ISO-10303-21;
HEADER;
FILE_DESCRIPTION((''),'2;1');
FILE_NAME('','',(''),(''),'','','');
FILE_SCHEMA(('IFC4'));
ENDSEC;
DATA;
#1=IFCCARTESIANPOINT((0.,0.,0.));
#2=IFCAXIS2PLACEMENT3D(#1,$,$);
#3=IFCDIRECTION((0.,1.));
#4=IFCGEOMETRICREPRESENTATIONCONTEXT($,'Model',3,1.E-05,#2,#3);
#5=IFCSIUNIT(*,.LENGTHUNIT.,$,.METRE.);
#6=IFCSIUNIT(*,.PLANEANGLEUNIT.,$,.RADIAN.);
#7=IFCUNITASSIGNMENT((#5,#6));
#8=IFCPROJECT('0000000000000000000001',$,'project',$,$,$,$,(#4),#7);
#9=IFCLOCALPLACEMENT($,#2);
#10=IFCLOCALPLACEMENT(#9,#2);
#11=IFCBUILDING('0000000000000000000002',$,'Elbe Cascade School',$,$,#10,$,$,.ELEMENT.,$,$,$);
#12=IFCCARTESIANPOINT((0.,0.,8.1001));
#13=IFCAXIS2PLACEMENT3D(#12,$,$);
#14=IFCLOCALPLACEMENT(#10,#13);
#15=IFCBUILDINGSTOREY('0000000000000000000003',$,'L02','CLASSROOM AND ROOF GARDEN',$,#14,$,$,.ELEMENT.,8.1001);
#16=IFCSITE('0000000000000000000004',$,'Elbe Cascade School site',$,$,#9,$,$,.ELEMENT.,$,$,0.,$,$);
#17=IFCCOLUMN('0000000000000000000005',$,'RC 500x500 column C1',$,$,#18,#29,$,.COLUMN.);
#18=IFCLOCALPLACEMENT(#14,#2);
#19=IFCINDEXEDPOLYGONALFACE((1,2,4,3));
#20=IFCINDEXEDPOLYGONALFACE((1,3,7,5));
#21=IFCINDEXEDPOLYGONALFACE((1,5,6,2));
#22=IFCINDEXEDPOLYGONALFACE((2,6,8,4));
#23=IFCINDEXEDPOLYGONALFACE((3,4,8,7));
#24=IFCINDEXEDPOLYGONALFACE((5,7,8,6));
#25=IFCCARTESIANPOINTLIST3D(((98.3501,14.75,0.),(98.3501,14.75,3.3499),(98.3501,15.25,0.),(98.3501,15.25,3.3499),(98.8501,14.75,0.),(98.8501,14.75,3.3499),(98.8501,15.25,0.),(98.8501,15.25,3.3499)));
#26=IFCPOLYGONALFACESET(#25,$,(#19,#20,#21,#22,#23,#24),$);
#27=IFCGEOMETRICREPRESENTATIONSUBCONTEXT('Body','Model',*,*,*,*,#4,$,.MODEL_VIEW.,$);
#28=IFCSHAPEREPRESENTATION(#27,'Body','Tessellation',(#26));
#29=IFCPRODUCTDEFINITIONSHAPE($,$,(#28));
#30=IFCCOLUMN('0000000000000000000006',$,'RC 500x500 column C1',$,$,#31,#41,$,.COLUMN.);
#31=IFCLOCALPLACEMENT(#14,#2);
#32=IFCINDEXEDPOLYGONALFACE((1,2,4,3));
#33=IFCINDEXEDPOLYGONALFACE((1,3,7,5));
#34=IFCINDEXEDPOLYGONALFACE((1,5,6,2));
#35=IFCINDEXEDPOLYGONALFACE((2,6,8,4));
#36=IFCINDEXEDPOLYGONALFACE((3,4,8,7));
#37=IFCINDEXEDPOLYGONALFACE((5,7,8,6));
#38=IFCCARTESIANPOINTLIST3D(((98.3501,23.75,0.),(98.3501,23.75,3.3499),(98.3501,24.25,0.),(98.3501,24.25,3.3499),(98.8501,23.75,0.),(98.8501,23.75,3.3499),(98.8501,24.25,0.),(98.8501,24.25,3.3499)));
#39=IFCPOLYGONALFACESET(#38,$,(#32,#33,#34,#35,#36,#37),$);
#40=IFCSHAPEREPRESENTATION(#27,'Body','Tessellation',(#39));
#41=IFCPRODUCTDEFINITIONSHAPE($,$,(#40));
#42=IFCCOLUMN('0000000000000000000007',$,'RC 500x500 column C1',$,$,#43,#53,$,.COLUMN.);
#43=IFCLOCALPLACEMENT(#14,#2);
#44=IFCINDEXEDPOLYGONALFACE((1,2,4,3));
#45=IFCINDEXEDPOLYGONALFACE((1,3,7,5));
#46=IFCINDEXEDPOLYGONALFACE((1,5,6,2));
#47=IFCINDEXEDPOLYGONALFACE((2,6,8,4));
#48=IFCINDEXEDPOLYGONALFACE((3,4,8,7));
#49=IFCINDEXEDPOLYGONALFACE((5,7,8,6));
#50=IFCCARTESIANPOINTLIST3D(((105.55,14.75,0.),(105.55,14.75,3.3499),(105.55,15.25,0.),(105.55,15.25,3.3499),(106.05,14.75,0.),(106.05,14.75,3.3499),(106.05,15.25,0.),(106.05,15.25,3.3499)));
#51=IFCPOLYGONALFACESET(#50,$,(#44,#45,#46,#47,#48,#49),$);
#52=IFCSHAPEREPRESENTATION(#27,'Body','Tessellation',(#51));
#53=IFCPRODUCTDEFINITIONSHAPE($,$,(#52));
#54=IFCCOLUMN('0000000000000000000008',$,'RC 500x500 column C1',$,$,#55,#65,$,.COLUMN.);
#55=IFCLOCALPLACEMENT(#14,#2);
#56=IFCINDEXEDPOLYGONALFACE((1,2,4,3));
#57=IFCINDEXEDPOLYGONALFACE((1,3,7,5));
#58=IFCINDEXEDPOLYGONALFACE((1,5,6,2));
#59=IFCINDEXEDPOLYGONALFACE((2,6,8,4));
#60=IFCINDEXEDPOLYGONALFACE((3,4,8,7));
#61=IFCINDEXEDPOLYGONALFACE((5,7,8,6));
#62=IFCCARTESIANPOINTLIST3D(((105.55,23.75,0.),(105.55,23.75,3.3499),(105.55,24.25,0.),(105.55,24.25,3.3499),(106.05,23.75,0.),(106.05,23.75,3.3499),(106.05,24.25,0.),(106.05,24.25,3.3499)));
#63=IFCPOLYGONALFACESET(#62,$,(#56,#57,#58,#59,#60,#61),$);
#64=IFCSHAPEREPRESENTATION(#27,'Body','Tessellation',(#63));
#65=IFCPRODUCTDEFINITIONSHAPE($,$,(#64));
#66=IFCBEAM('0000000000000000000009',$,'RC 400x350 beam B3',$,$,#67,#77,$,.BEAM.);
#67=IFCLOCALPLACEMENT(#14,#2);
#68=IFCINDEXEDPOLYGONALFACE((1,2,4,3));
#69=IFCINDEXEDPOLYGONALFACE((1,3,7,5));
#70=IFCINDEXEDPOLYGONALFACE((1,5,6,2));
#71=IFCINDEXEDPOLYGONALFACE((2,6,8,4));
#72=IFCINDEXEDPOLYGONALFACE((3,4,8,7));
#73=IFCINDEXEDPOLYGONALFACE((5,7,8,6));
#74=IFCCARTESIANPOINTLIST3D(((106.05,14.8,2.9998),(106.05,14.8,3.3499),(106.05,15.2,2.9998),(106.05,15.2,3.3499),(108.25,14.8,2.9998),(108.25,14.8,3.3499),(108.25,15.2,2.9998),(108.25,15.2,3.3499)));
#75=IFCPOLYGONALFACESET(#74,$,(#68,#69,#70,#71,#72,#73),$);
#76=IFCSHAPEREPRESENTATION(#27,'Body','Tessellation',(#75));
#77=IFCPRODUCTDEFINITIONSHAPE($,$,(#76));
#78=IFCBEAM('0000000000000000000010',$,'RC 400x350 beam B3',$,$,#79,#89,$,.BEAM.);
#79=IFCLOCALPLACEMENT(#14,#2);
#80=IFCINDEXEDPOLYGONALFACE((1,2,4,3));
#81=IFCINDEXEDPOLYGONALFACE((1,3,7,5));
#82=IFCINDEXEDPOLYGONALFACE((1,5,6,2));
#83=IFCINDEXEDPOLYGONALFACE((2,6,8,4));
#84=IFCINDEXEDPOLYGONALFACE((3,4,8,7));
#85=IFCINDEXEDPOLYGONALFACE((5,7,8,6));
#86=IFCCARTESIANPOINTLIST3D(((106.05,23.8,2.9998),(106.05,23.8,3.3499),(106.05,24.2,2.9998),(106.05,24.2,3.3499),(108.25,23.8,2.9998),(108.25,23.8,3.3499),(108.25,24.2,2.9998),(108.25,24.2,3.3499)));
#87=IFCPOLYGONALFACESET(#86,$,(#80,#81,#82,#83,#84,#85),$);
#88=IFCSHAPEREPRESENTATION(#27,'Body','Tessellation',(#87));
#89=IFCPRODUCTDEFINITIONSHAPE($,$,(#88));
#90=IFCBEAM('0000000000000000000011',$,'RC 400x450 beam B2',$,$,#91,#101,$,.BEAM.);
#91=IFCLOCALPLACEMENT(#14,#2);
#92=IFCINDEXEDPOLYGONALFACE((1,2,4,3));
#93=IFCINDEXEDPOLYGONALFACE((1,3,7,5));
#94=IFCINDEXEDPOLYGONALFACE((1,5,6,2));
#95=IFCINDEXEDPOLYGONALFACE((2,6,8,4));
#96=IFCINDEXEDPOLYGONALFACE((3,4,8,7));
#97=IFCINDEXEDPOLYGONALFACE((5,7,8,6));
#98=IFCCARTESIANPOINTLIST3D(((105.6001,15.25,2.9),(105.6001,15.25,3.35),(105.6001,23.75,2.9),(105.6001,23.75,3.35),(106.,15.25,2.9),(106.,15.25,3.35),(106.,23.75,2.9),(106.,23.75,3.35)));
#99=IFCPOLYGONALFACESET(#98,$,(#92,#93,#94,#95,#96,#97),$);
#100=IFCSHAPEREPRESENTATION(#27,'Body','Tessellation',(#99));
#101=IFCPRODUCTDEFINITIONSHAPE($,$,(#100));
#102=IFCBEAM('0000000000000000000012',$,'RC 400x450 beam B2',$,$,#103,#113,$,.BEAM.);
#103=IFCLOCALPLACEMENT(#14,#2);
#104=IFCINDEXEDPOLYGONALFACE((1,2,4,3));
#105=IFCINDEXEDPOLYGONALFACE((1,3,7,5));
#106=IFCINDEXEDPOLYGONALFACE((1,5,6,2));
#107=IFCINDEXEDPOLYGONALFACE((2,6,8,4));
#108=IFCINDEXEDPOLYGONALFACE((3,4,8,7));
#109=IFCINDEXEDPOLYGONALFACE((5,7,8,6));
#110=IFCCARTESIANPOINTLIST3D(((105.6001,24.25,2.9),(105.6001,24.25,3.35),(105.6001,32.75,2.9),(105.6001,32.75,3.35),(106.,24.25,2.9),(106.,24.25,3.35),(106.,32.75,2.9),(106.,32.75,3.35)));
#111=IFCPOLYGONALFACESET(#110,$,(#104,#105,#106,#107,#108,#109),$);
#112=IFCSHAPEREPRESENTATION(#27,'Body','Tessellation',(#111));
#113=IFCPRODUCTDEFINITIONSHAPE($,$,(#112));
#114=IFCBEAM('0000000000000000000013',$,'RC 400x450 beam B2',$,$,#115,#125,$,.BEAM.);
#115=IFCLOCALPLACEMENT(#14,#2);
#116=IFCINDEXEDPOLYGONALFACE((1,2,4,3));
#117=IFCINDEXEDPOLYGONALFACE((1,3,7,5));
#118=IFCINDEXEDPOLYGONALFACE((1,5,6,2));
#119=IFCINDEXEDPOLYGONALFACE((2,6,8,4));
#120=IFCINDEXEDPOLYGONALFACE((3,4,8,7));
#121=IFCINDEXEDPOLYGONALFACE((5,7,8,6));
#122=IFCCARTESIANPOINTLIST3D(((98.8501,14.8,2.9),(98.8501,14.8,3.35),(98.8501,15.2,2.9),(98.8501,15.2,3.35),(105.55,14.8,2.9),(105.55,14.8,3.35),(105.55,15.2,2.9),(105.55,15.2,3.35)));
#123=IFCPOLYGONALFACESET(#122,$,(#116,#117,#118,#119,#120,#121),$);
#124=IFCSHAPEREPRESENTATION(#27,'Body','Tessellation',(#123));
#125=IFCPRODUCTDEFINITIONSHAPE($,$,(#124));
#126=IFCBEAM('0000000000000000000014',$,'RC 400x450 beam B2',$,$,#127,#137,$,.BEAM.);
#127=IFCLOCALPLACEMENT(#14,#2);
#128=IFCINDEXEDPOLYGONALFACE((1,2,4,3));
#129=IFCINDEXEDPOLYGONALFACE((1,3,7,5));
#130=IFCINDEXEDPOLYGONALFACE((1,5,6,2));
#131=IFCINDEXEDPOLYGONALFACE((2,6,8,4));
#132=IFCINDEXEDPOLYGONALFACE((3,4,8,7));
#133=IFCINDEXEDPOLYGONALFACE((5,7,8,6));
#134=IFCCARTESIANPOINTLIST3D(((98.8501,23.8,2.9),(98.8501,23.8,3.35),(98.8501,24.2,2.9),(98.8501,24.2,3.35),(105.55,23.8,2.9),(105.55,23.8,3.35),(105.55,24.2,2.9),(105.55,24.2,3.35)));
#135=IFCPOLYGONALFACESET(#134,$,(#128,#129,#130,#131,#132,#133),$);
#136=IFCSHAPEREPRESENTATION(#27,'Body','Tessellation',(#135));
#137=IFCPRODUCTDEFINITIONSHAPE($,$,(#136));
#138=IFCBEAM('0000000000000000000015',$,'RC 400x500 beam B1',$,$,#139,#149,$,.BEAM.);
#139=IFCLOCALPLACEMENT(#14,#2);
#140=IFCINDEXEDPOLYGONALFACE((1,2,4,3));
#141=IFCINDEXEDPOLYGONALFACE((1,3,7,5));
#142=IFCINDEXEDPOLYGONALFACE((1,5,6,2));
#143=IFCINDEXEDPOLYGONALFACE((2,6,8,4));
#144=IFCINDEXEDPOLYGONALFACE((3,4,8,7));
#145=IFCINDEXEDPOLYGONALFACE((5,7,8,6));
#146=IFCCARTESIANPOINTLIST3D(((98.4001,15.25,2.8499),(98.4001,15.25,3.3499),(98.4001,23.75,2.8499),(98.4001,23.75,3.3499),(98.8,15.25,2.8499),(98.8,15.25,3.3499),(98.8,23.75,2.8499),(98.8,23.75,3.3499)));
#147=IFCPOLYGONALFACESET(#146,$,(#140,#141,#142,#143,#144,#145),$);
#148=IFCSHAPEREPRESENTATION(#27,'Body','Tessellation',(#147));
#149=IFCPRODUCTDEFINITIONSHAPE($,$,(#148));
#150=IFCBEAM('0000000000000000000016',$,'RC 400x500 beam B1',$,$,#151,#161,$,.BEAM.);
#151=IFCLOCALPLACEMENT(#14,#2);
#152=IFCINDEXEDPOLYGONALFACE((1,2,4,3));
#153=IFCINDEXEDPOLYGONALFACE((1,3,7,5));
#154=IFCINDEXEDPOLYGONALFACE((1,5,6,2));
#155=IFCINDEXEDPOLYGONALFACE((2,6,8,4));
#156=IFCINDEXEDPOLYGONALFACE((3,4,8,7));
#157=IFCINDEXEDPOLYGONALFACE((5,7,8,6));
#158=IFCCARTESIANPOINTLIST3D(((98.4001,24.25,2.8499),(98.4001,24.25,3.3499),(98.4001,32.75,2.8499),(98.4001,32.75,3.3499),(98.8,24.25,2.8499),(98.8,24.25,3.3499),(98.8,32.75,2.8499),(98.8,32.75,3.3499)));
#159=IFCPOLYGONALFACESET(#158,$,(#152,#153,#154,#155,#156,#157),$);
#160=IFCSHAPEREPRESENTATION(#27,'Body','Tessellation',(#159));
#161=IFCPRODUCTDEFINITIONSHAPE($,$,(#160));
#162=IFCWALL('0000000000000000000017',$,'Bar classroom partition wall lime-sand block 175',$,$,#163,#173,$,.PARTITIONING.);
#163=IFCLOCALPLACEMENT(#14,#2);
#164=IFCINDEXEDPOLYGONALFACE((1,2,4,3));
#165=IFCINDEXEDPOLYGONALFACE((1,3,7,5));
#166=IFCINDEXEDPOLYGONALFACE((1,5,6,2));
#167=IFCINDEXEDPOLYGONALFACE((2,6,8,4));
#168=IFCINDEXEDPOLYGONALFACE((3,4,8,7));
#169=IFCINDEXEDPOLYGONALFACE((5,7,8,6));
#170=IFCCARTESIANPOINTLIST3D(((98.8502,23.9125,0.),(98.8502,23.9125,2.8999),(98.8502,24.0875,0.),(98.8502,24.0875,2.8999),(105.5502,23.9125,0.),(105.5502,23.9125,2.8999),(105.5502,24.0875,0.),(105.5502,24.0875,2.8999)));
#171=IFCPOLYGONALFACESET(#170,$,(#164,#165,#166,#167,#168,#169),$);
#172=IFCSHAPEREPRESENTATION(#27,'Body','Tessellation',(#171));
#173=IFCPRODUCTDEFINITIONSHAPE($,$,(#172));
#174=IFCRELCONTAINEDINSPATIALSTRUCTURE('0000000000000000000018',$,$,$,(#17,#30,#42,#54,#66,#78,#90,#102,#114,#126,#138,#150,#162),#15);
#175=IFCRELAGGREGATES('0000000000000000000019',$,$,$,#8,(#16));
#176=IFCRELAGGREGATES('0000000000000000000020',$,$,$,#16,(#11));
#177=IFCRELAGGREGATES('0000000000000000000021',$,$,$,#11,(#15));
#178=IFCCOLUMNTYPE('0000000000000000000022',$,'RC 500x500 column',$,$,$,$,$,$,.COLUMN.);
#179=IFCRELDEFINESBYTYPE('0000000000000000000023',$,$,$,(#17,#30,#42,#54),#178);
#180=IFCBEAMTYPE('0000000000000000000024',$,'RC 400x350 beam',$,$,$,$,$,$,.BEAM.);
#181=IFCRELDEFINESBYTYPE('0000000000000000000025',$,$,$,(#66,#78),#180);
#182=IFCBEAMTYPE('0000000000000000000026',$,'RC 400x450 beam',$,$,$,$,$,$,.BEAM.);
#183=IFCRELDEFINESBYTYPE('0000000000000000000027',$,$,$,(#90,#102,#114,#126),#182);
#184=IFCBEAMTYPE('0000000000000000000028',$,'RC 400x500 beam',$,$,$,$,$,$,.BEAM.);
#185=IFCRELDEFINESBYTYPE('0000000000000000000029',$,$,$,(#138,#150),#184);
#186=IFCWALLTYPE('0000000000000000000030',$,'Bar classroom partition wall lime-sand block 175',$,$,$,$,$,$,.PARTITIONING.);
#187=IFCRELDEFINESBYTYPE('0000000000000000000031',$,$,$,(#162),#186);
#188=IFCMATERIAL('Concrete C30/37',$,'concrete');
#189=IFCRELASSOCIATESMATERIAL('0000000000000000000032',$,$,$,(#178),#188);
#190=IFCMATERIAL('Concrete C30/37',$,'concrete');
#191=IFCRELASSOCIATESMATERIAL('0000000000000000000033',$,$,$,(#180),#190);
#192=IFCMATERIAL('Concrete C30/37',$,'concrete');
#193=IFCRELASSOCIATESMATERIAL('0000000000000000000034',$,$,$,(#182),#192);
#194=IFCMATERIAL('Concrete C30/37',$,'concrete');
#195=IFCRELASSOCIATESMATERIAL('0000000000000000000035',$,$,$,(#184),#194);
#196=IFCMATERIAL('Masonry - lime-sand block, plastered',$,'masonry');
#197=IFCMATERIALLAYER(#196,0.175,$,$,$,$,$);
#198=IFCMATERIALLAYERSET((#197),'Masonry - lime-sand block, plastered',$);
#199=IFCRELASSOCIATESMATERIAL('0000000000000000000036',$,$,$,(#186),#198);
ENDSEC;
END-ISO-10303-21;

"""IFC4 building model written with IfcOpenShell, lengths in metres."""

from ifc_helpers import new_model, si_unit, direction, frame, frame_2d, origin, origin_2d, place, context, subcontext, project, spatial, rectangle, extrude, material, layer, layer_set, material_profile, profile_set, type_object, element, save


model = new_model("IFC4")

# Units and contexts
model_context = context("Model", 3, precision=1e-05, world=origin(), true_north=direction((0.0, 1.0)))
body_context = subcontext(model_context, "Body", "Model", "MODEL_VIEW")
ifc_project = project(units=[si_unit("LENGTHUNIT", "METRE"), si_unit("PLANEANGLEUNIT", "RADIAN")], contexts=[model_context])

# Site, building, storey
site_placement = place(None, origin())
site = spatial("IfcSite", under=ifc_project, at=site_placement, Name="Elbe Cascade School site", CompositionType="ELEMENT", RefElevation=0.0)
building_placement = place(site_placement, origin())
building = spatial("IfcBuilding", under=site, at=building_placement, Name="Elbe Cascade School", CompositionType="ELEMENT")
storey_placement = place(building_placement, frame((0.0, 0.0, 8.1001)))
storey = spatial("IfcBuildingStorey", under=building, at=storey_placement, Name="L02", Description="CLASSROOM AND ROOF GARDEN", CompositionType="ELEMENT", Elevation=8.1001)

# Columns
ifc_material_1 = material(Name="Concrete C30/37", Category="concrete")
ifc_material_profile_1 = material_profile(ifc_material_1, rectangle(XDim=0.5, YDim=0.5, at=origin_2d()), Name="RC 500x500")
ifc_profile_set_1 = profile_set([ifc_material_profile_1], Name="Concrete C30/37")
column_type = type_object("IfcColumnType", Name="RC 500x500 column", PredefinedType="COLUMN", material=ifc_profile_set_1)
for number, where, z_axis, x_axis, name in (
    (1, (98.6001, 15.0, 0.0), (0.0, 0.0, 1.0), (1.0, 0.0, 0.0), "RC 500x500 column C1"),
    (2, (98.6001, 24.0, 0.0), (0.0, 0.0, 1.0), (1.0, 0.0, 0.0), "RC 500x500 column C1"),
    (3, (105.8, 15.0, 0.0), (0.0, 0.0, 1.0), (1.0, 0.0, 0.0), "RC 500x500 column C1"),
    (4, (105.8, 24.0, 0.0), (0.0, 0.0, 1.0), (1.0, 0.0, 0.0), "RC 500x500 column C1"),
):
    element("IfcColumn", number, at=place(storey_placement, frame(where, z_axis=z_axis, x_axis=x_axis)), inside=storey, type_object=column_type, Name=name, PredefinedType="COLUMN", context=body_context, shape_type="SweptSolid", body=[
        extrude(rectangle(XDim=0.5, YDim=0.5, at=origin_2d()), origin(), (0.0, 0.0, 1.0), 3.3499),
    ])

# Beams
ifc_material_2 = material(Name="Concrete C30/37", Category="concrete")
ifc_material_profile_2 = material_profile(ifc_material_2, rectangle(XDim=0.3999, YDim=0.3501, at=origin_2d()), Name="RC 400x350")
ifc_profile_set_2 = profile_set([ifc_material_profile_2], Name="Concrete C30/37")
beam_type_1 = type_object("IfcBeamType", Name="RC 400x350 beam", PredefinedType="BEAM", material=ifc_profile_set_2)
for number, where, z_axis, x_axis, name in (
    (5, (106.05, 15.0, 3.1748), (1.0, 0.0, 0.0), (0.0, 1.0, 0.0), "RC 400x350 beam B3"),
    (6, (106.05, 24.0, 3.1748), (1.0, 0.0, 0.0), (0.0, 1.0, 0.0), "RC 400x350 beam B3"),
):
    element("IfcBeam", number, at=place(storey_placement, frame(where, z_axis=z_axis, x_axis=x_axis)), inside=storey, type_object=beam_type_1, Name=name, PredefinedType="BEAM", context=body_context, shape_type="SweptSolid", body=[
        extrude(rectangle(XDim=0.3999, YDim=0.3501, at=origin_2d()), origin(), (0.0, 0.0, 1.0), 2.2),
    ])
ifc_material_3 = material(Name="Concrete C30/37", Category="concrete")
ifc_material_profile_3 = material_profile(ifc_material_3, rectangle(XDim=0.3999, YDim=0.45, at=origin_2d()), Name="RC 400x450")
ifc_profile_set_3 = profile_set([ifc_material_profile_3], Name="Concrete C30/37")
beam_type_2 = type_object("IfcBeamType", Name="RC 400x450 beam", PredefinedType="BEAM", material=ifc_profile_set_3)
for number, where, z_axis, x_axis, name in (
    (7, (105.8, 15.25, 3.125), (0.0, 1.0, 0.0), (-1.0, 0.0, 0.0), "RC 400x450 beam B2"),
    (8, (105.8, 24.25, 3.125), (0.0, 1.0, 0.0), (-1.0, 0.0, 0.0), "RC 400x450 beam B2"),
):
    element("IfcBeam", number, at=place(storey_placement, frame(where, z_axis=z_axis, x_axis=x_axis)), inside=storey, type_object=beam_type_2, Name=name, PredefinedType="BEAM", context=body_context, shape_type="SweptSolid", body=[
        extrude(rectangle(XDim=0.3999, YDim=0.45, at=origin_2d()), origin(), (0.0, 0.0, 1.0), 8.5),
    ])
for number, where, z_axis, x_axis, name in (
    (9, (98.8501, 15.0, 3.125), (1.0, 0.0, 0.0), (0.0, 1.0, 0.0), "RC 400x450 beam B2"),
    (10, (98.8501, 24.0, 3.125), (1.0, 0.0, 0.0), (0.0, 1.0, 0.0), "RC 400x450 beam B2"),
):
    element("IfcBeam", number, at=place(storey_placement, frame(where, z_axis=z_axis, x_axis=x_axis)), inside=storey, type_object=beam_type_2, Name=name, PredefinedType="BEAM", context=body_context, shape_type="SweptSolid", body=[
        extrude(rectangle(XDim=0.3999, YDim=0.45, at=origin_2d()), origin(), (0.0, 0.0, 1.0), 6.7),
    ])
ifc_material_4 = material(Name="Concrete C30/37", Category="concrete")
ifc_material_profile_4 = material_profile(ifc_material_4, rectangle(XDim=0.3999, YDim=0.5, at=origin_2d()), Name="RC 400x500")
ifc_profile_set_4 = profile_set([ifc_material_profile_4], Name="Concrete C30/37")
beam_type_3 = type_object("IfcBeamType", Name="RC 400x500 beam", PredefinedType="BEAM", material=ifc_profile_set_4)
for number, where, z_axis, x_axis, name in (
    (11, (98.6001, 15.25, 3.0999), (0.0, 1.0, 0.0), (-1.0, 0.0, 0.0), "RC 400x500 beam B1"),
    (12, (98.6001, 24.25, 3.0999), (0.0, 1.0, 0.0), (-1.0, 0.0, 0.0), "RC 400x500 beam B1"),
):
    element("IfcBeam", number, at=place(storey_placement, frame(where, z_axis=z_axis, x_axis=x_axis)), inside=storey, type_object=beam_type_3, Name=name, PredefinedType="BEAM", context=body_context, shape_type="SweptSolid", body=[
        extrude(rectangle(XDim=0.3999, YDim=0.5, at=origin_2d()), origin(), (0.0, 0.0, 1.0), 8.5),
    ])

# Wall
ifc_material_5 = material(Name="Masonry - lime-sand block, plastered", Category="masonry")
ifc_layer_1 = layer(ifc_material_5, 0.175)
ifc_layer_set_1 = layer_set([ifc_layer_1], Name="Masonry - lime-sand block, plastered")
wall_type_1 = type_object("IfcWallType", Name="Bar classroom partition wall lime-sand block 175", PredefinedType="PARTITIONING", material=ifc_layer_set_1)
wall_1_placement = place(storey_placement, frame((98.8501, 24.0, 0.0), z_axis=(0.0, 0.0, 1.0), x_axis=(1.0, 0.0, 0.0)))
element("IfcWall", 13, at=wall_1_placement, inside=storey, type_object=wall_type_1, Name="Bar classroom partition wall lime-sand block 175", PredefinedType="PARTITIONING", context=body_context, shape_type="SweptSolid", body=[
    extrude(rectangle(XDim=6.7, YDim=0.175, at=frame_2d((3.3501, 0.0))), origin(), (0.0, 0.0, 1.0), 2.8999),
])

save(model, "model.ifc")
